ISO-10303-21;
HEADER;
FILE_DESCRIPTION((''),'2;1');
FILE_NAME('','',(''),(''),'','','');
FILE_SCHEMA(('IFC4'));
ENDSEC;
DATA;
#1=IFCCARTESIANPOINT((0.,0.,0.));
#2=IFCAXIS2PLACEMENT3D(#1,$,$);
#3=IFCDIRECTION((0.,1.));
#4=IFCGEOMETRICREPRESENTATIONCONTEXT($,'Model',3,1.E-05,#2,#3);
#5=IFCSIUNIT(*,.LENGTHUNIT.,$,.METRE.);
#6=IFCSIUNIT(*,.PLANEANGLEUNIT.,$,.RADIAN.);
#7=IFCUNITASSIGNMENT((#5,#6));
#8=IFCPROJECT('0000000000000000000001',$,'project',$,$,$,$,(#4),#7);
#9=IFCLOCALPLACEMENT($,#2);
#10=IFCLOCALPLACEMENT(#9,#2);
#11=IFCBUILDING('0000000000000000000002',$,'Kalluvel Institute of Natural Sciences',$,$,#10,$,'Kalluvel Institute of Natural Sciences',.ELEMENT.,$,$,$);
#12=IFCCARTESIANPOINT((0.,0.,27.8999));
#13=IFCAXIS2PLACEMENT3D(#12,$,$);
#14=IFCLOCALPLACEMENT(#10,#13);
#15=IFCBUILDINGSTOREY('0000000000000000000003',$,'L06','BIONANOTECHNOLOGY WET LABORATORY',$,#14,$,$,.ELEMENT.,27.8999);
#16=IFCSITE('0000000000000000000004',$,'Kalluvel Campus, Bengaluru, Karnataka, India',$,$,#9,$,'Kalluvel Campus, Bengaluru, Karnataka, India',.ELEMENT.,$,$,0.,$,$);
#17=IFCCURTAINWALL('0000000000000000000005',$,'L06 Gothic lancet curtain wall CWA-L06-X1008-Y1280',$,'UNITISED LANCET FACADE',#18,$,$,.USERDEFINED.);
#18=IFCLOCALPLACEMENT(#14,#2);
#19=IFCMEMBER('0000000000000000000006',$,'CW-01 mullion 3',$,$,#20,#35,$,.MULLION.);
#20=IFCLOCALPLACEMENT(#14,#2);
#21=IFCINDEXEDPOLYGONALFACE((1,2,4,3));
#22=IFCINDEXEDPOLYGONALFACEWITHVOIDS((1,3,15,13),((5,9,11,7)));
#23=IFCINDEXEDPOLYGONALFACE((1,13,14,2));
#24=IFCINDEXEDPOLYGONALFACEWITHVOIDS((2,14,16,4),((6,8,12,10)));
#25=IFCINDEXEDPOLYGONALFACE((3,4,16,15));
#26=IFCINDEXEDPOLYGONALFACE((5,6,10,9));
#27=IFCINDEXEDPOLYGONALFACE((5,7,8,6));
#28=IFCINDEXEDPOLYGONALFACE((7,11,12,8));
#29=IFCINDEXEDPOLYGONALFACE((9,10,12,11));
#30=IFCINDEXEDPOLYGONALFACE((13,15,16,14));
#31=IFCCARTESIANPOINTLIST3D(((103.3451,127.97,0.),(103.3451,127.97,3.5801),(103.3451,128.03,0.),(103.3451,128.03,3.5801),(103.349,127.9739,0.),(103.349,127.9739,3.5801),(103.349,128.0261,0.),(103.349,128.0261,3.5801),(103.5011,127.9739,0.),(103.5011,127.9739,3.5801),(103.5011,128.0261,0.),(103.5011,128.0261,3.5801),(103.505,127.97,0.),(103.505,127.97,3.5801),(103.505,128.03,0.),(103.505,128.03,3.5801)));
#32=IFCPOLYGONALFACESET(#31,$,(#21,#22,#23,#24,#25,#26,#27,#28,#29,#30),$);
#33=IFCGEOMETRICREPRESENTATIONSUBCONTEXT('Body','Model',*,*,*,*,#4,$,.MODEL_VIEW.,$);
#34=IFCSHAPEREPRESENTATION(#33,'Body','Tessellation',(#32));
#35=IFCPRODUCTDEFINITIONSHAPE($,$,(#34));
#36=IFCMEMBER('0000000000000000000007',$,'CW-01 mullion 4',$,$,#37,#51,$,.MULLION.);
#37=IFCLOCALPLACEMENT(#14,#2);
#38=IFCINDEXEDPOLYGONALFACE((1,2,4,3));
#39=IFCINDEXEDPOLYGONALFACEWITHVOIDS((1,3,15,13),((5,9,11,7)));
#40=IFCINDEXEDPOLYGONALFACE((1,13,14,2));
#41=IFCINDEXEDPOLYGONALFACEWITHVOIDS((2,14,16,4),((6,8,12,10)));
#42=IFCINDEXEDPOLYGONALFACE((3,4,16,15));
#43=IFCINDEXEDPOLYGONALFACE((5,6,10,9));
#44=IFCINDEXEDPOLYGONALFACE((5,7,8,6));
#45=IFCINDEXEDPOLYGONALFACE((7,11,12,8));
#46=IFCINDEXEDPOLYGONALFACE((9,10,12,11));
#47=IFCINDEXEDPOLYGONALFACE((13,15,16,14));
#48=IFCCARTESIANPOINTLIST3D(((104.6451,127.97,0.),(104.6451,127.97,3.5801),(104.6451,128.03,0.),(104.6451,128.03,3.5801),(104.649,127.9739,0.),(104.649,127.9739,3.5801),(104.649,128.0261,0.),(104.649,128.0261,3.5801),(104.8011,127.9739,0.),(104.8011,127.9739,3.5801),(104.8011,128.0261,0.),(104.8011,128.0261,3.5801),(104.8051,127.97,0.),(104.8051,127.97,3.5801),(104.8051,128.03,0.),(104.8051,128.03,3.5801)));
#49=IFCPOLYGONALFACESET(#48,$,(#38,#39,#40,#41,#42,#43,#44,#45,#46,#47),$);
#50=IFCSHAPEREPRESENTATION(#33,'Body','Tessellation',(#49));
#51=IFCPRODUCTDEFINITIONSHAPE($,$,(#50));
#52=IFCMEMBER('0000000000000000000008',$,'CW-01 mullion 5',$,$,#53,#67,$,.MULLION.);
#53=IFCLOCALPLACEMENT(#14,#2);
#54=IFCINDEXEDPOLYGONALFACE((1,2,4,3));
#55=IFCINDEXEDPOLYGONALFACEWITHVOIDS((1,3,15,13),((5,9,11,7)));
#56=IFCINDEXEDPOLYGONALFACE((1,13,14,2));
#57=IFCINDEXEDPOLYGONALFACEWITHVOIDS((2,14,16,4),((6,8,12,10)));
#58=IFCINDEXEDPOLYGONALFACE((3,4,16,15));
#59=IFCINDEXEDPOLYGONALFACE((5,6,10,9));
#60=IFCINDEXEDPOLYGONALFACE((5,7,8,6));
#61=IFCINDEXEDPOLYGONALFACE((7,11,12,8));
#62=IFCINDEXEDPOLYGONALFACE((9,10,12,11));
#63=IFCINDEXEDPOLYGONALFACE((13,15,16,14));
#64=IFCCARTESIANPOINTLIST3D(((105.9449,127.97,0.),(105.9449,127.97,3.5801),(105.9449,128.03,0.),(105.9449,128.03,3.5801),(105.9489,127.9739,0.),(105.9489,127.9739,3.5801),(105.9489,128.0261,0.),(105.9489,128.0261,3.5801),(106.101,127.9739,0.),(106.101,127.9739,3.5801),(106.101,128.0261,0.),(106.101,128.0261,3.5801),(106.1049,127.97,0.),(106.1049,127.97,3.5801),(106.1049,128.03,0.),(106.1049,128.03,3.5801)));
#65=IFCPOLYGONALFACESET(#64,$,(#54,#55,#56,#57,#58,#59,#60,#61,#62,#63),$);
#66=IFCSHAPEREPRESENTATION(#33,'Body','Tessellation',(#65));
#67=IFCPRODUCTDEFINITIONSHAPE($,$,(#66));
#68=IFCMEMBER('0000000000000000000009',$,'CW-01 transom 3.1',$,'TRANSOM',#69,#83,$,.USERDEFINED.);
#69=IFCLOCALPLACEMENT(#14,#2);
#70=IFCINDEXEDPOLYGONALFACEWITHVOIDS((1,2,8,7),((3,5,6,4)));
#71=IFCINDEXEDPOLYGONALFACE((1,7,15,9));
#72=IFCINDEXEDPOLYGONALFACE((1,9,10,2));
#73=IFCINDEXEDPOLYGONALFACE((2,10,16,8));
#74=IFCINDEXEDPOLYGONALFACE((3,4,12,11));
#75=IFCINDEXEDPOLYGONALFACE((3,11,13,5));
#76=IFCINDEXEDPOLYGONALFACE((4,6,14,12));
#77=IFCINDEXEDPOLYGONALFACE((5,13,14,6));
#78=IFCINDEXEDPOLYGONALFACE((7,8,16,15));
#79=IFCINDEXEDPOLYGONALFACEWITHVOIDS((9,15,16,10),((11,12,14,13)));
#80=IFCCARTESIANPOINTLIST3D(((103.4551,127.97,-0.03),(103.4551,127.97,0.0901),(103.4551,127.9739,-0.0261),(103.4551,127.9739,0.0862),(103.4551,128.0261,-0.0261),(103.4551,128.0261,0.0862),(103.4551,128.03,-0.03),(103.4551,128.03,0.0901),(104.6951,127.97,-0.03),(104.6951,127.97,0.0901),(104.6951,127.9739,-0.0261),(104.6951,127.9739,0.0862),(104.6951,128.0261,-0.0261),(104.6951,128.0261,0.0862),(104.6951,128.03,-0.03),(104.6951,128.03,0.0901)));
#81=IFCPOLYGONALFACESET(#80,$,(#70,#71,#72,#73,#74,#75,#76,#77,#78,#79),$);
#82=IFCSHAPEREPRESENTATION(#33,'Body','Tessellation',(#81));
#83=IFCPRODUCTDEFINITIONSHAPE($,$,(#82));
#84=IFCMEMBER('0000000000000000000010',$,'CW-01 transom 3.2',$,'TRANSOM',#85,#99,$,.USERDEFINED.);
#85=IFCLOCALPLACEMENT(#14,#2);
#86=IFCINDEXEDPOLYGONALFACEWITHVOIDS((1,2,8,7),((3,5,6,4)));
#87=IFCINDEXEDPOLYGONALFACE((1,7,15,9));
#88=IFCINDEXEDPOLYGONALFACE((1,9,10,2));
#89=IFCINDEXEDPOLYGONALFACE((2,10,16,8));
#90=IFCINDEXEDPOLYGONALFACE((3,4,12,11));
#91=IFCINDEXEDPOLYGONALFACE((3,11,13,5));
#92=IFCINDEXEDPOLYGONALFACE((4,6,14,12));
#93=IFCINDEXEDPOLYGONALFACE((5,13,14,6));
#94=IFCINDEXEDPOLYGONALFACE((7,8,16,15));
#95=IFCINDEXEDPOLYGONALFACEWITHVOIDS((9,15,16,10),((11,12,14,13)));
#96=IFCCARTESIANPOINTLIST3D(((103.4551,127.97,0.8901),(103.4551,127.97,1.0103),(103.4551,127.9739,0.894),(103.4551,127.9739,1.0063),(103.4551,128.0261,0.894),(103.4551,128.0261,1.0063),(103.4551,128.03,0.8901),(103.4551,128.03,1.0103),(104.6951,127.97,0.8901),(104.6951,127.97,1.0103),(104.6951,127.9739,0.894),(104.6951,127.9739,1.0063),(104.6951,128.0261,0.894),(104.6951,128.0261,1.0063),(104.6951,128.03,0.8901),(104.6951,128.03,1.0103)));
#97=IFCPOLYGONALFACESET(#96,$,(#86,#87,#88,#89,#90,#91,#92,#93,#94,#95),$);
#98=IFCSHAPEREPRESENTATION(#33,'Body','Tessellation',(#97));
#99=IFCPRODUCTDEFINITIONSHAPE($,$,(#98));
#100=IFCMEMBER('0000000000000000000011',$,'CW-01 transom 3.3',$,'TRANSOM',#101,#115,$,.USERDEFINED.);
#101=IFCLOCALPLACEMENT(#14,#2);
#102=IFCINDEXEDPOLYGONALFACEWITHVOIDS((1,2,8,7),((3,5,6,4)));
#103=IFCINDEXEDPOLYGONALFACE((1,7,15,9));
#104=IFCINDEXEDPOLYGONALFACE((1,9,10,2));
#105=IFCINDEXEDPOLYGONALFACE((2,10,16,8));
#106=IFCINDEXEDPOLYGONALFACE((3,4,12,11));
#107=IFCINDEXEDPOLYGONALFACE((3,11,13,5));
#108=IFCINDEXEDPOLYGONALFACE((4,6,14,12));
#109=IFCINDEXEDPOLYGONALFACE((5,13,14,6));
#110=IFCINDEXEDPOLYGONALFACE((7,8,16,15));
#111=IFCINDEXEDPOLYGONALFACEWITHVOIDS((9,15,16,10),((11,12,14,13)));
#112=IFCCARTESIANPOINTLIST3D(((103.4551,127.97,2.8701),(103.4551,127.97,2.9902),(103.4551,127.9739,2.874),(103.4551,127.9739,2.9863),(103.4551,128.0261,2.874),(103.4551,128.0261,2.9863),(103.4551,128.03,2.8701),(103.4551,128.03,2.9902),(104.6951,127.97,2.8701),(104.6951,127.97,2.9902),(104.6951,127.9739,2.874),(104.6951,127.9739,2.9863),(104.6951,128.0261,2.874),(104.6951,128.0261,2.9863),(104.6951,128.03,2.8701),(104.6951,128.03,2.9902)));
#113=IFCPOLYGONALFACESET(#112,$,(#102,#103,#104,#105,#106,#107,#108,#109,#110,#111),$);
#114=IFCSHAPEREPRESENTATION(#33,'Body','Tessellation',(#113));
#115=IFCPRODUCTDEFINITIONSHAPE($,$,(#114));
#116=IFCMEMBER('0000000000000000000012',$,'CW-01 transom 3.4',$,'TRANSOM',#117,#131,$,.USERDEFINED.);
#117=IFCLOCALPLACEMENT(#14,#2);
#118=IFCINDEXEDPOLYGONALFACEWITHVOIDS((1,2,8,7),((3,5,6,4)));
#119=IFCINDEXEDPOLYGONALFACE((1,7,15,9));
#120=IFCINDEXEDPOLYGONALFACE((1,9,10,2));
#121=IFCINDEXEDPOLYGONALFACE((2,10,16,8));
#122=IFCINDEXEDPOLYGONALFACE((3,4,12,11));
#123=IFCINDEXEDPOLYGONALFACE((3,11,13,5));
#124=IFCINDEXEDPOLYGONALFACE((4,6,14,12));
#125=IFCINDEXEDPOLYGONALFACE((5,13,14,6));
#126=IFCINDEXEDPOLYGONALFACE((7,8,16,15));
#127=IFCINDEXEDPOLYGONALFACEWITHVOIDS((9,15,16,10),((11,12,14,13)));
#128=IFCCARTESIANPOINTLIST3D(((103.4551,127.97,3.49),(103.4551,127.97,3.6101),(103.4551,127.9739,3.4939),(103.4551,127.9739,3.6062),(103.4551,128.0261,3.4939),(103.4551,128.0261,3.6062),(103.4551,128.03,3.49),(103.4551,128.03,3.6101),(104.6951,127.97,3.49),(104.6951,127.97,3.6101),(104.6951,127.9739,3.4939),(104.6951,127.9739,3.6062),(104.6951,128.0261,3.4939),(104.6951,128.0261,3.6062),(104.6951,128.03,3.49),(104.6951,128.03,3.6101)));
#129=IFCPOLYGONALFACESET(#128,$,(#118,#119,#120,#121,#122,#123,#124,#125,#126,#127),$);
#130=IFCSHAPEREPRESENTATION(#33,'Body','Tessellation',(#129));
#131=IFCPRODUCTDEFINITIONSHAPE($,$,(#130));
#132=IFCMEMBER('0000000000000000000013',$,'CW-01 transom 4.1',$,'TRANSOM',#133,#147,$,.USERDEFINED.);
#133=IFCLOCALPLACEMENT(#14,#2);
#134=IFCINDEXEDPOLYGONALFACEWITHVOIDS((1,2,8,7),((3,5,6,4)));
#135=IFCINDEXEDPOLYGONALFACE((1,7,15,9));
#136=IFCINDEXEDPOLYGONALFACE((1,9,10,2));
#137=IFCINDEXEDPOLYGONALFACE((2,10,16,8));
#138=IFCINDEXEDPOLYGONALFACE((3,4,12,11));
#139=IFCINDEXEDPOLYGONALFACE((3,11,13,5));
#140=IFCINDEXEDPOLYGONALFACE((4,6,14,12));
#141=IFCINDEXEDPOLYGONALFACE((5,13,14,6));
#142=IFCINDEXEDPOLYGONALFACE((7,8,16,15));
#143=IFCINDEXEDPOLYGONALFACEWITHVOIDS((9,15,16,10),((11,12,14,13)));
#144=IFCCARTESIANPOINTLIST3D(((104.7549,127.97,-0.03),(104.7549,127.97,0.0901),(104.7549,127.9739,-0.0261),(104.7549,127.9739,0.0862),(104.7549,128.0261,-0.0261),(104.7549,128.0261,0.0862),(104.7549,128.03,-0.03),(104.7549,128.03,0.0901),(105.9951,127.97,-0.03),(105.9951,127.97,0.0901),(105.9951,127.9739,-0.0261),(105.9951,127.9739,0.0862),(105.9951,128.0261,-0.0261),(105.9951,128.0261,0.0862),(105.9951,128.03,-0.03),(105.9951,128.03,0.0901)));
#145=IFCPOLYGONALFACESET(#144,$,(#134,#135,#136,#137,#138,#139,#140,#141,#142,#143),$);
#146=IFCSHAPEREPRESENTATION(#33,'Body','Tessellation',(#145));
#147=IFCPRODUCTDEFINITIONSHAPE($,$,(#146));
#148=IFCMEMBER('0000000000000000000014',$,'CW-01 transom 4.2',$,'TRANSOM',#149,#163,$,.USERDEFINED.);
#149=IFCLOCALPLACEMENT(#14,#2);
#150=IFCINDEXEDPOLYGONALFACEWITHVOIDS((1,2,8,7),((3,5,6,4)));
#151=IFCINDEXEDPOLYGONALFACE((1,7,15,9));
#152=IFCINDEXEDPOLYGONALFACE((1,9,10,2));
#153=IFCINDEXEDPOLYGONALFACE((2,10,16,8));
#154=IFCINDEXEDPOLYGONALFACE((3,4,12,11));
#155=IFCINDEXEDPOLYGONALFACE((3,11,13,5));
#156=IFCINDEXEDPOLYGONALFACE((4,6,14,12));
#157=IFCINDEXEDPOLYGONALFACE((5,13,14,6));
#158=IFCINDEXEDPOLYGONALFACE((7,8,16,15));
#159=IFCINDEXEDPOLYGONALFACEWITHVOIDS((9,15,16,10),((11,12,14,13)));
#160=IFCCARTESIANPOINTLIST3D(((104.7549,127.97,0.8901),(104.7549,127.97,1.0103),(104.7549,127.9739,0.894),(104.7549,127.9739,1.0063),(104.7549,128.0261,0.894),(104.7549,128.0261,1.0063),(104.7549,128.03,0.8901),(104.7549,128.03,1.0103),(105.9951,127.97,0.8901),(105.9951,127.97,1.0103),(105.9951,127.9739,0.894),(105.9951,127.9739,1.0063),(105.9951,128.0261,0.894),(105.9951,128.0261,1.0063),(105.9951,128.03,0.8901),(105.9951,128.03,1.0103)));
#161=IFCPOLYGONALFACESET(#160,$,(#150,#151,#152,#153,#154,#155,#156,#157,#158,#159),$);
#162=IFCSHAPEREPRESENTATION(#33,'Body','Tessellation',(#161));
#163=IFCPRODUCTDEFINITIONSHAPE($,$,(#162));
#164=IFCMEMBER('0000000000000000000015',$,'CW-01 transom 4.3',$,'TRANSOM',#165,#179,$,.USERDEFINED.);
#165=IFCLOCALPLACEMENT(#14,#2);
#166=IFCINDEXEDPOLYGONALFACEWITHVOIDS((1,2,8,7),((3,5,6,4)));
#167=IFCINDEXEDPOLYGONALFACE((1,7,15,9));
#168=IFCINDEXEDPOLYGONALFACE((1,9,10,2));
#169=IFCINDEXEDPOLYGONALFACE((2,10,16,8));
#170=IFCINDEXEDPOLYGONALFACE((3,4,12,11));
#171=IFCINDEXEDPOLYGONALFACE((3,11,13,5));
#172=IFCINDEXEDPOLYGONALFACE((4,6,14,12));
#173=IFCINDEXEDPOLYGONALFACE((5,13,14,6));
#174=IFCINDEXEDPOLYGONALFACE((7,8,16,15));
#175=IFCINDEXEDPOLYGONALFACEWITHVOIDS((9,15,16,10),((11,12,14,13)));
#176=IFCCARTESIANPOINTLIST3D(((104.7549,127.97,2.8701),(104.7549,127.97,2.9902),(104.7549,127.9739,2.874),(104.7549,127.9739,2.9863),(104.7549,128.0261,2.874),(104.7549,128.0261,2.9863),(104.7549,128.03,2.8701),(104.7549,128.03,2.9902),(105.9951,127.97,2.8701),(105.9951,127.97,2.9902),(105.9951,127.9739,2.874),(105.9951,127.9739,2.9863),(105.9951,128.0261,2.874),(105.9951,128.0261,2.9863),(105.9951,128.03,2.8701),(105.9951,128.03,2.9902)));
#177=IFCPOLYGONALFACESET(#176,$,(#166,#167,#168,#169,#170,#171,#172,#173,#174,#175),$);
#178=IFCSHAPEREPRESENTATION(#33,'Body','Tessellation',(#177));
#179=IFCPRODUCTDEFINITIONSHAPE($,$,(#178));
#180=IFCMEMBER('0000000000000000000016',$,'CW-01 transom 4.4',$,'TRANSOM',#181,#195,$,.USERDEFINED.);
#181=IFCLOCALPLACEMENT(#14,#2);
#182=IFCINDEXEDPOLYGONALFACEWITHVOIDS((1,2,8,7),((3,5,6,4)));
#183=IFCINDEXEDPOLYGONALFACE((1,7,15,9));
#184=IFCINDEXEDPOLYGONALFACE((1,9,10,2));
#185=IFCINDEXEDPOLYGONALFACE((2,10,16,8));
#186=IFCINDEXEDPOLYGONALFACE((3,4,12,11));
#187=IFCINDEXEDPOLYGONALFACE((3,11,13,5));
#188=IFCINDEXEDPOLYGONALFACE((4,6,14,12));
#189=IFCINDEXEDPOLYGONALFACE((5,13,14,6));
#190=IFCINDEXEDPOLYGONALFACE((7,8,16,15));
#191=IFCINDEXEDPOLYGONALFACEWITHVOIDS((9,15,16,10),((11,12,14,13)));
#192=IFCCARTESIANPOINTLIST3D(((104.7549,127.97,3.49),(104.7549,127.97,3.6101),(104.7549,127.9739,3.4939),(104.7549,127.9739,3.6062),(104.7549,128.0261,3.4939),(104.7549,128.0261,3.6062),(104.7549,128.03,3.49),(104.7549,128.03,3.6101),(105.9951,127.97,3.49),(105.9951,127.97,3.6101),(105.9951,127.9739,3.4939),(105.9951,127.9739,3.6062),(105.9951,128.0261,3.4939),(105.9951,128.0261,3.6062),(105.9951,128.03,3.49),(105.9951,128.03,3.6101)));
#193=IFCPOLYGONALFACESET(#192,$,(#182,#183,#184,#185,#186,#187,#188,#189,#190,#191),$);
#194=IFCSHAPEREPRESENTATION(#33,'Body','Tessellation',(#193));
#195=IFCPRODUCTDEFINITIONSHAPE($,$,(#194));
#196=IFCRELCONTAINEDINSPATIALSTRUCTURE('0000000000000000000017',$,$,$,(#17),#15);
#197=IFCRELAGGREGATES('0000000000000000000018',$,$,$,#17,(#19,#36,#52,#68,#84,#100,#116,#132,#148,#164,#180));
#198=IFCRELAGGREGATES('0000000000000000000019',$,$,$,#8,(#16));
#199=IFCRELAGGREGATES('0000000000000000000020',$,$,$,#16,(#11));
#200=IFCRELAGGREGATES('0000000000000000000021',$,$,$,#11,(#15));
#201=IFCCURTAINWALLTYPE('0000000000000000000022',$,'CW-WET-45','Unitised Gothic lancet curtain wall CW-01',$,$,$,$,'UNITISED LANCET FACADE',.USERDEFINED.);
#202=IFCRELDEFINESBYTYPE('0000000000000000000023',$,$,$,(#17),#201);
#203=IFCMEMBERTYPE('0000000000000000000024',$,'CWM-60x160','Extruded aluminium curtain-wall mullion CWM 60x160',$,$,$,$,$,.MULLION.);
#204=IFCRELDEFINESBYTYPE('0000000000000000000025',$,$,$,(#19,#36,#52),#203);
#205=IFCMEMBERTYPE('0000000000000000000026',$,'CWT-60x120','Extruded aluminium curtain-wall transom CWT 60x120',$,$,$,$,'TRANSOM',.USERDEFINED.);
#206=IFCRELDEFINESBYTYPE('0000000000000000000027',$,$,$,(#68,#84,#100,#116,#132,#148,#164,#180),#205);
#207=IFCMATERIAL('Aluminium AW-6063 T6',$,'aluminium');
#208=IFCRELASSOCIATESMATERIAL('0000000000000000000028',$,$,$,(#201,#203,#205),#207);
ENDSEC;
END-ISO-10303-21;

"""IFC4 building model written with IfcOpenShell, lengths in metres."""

from ifc_helpers import new_model, si_unit, direction, frame, origin, origin_2d, place, context, subcontext, project, spatial, hollow_rectangle, extrude, material, material_profile, profile_set, type_object, element, aggregate, save


model = new_model("IFC4")

# Units and contexts
model_context = context("Model", 3, precision=1e-05, world=origin(), true_north=direction((0.0, 1.0)))
body_context = subcontext(model_context, "Body", "Model", "MODEL_VIEW")
ifc_project = project(units=[si_unit("LENGTHUNIT", "METRE"), si_unit("PLANEANGLEUNIT", "RADIAN")], contexts=[model_context])

# Site, building, storey
site_placement = place(None, origin())
site = spatial("IfcSite", under=ifc_project, at=site_placement, Name="Kalluvel Campus, Bengaluru, Karnataka, India", LongName="Kalluvel Campus, Bengaluru, Karnataka, India", CompositionType="ELEMENT", RefElevation=0.0)
building_placement = place(site_placement, origin())
building = spatial("IfcBuilding", under=site, at=building_placement, Name="Kalluvel Institute of Natural Sciences", LongName="Kalluvel Institute of Natural Sciences", CompositionType="ELEMENT")
storey_placement = place(building_placement, frame((0.0, 0.0, 27.8999)))
storey = spatial("IfcBuildingStorey", under=building, at=storey_placement, Name="L06", Description="BIONANOTECHNOLOGY WET LABORATORY", CompositionType="ELEMENT", Elevation=27.8999)

# Curtain wall, members
ifc_material_1 = material(Name="Aluminium AW-6063 T6", Category="aluminium")
curtain_wall_type = type_object("IfcCurtainWallType", Name="CW-WET-45", Description="Unitised Gothic lancet curtain wall CW-01", ElementType="UNITISED LANCET FACADE", PredefinedType="USERDEFINED", material=ifc_material_1)
curtain_wall_placement = place(storey_placement, origin())
curtain_wall = element("IfcCurtainWall", 1, at=curtain_wall_placement, inside=storey, type_object=curtain_wall_type, Name="L06 Gothic lancet curtain wall CWA-L06-X1008-Y1280", ObjectType="UNITISED LANCET FACADE", PredefinedType="USERDEFINED")
ifc_material_profile_1 = material_profile(ifc_material_1, hollow_rectangle(XDim=0.0601, YDim=0.1599, WallThickness=0.0039, at=origin_2d()), Name="CWM 60x160")
ifc_profile_set_1 = profile_set([ifc_material_profile_1], Name="Aluminium AW-6063 T6")
member_type_1 = type_object("IfcMemberType", Name="CWM-60x160", Description="Extruded aluminium curtain-wall mullion CWM 60x160", PredefinedType="MULLION", material=ifc_profile_set_1)
member_1_placement = place(storey_placement, frame((103.425, 128.0, 0.0), z_axis=(0.0, 0.0, 1.0), x_axis=(0.0, 1.0, 0.0)))
member_1 = element("IfcMember", 2, at=member_1_placement, type_object=member_type_1, Name="CW-01 mullion 3", PredefinedType="MULLION", context=body_context, shape_type="SweptSolid", body=[
    extrude(hollow_rectangle(XDim=0.0601, YDim=0.1599, WallThickness=0.0039, at=origin_2d()), origin(), (0.0, 0.0, 1.0), 3.5801),
])
member_2_placement = place(storey_placement, frame((104.7251, 128.0, 0.0), z_axis=(0.0, 0.0, 1.0), x_axis=(0.0, 1.0, 0.0)))
member_2 = element("IfcMember", 3, at=member_2_placement, type_object=member_type_1, Name="CW-01 mullion 4", PredefinedType="MULLION", context=body_context, shape_type="SweptSolid", body=[
    extrude(hollow_rectangle(XDim=0.0601, YDim=0.1599, WallThickness=0.0039, at=origin_2d()), origin(), (0.0, 0.0, 1.0), 3.5801),
])
member_3_placement = place(storey_placement, frame((106.0249, 128.0, 0.0), z_axis=(0.0, 0.0, 1.0), x_axis=(0.0, 1.0, 0.0)))
member_3 = element("IfcMember", 4, at=member_3_placement, type_object=member_type_1, Name="CW-01 mullion 5", PredefinedType="MULLION", context=body_context, shape_type="SweptSolid", body=[
    extrude(hollow_rectangle(XDim=0.0601, YDim=0.1599, WallThickness=0.0039, at=origin_2d()), origin(), (0.0, 0.0, 1.0), 3.5801),
])
ifc_material_profile_2 = material_profile(ifc_material_1, hollow_rectangle(XDim=0.0601, YDim=0.1201, WallThickness=0.0039, at=origin_2d()), Name="CWT 60x120")
ifc_profile_set_2 = profile_set([ifc_material_profile_2], Name="Aluminium AW-6063 T6")
member_type_2 = type_object("IfcMemberType", Name="CWT-60x120", Description="Extruded aluminium curtain-wall transom CWT 60x120", ElementType="TRANSOM", PredefinedType="USERDEFINED", material=ifc_profile_set_2)
member_4_placement = place(storey_placement, frame((103.4551, 128.0, 0.03), z_axis=(1.0, 0.0, 0.0), x_axis=(0.0, 1.0, 0.0)))
member_4 = element("IfcMember", 5, at=member_4_placement, type_object=member_type_2, Name="CW-01 transom 3.1", ObjectType="TRANSOM", PredefinedType="USERDEFINED", context=body_context, shape_type="SweptSolid", body=[
    extrude(hollow_rectangle(XDim=0.0601, YDim=0.1201, WallThickness=0.0039, at=origin_2d()), origin(), (0.0, 0.0, 1.0), 1.24),
])
member_5_placement = place(storey_placement, frame((103.4551, 128.0, 0.9502), z_axis=(1.0, 0.0, 0.0), x_axis=(0.0, 1.0, 0.0)))
member_5 = element("IfcMember", 6, at=member_5_placement, type_object=member_type_2, Name="CW-01 transom 3.2", ObjectType="TRANSOM", PredefinedType="USERDEFINED", context=body_context, shape_type="SweptSolid", body=[
    extrude(hollow_rectangle(XDim=0.0601, YDim=0.1201, WallThickness=0.0039, at=origin_2d()), origin(), (0.0, 0.0, 1.0), 1.24),
])
member_6_placement = place(storey_placement, frame((103.4551, 128.0, 2.9302), z_axis=(1.0, 0.0, 0.0), x_axis=(0.0, 1.0, 0.0)))
member_6 = element("IfcMember", 7, at=member_6_placement, type_object=member_type_2, Name="CW-01 transom 3.3", ObjectType="TRANSOM", PredefinedType="USERDEFINED", context=body_context, shape_type="SweptSolid", body=[
    extrude(hollow_rectangle(XDim=0.0601, YDim=0.1201, WallThickness=0.0039, at=origin_2d()), origin(), (0.0, 0.0, 1.0), 1.24),
])
member_7_placement = place(storey_placement, frame((103.4551, 128.0, 3.55), z_axis=(1.0, 0.0, 0.0), x_axis=(0.0, 1.0, 0.0)))
member_7 = element("IfcMember", 8, at=member_7_placement, type_object=member_type_2, Name="CW-01 transom 3.4", ObjectType="TRANSOM", PredefinedType="USERDEFINED", context=body_context, shape_type="SweptSolid", body=[
    extrude(hollow_rectangle(XDim=0.0601, YDim=0.1201, WallThickness=0.0039, at=origin_2d()), origin(), (0.0, 0.0, 1.0), 1.24),
])
member_8_placement = place(storey_placement, frame((104.7549, 128.0, 0.03), z_axis=(1.0, 0.0, 0.0), x_axis=(0.0, 1.0, 0.0)))
member_8 = element("IfcMember", 9, at=member_8_placement, type_object=member_type_2, Name="CW-01 transom 4.1", ObjectType="TRANSOM", PredefinedType="USERDEFINED", context=body_context, shape_type="SweptSolid", body=[
    extrude(hollow_rectangle(XDim=0.0601, YDim=0.1201, WallThickness=0.0039, at=origin_2d()), origin(), (0.0, 0.0, 1.0), 1.2402),
])
member_9_placement = place(storey_placement, frame((104.7549, 128.0, 0.9502), z_axis=(1.0, 0.0, 0.0), x_axis=(0.0, 1.0, 0.0)))
member_9 = element("IfcMember", 10, at=member_9_placement, type_object=member_type_2, Name="CW-01 transom 4.2", ObjectType="TRANSOM", PredefinedType="USERDEFINED", context=body_context, shape_type="SweptSolid", body=[
    extrude(hollow_rectangle(XDim=0.0601, YDim=0.1201, WallThickness=0.0039, at=origin_2d()), origin(), (0.0, 0.0, 1.0), 1.2402),
])
member_10_placement = place(storey_placement, frame((104.7549, 128.0, 2.9302), z_axis=(1.0, 0.0, 0.0), x_axis=(0.0, 1.0, 0.0)))
member_10 = element("IfcMember", 11, at=member_10_placement, type_object=member_type_2, Name="CW-01 transom 4.3", ObjectType="TRANSOM", PredefinedType="USERDEFINED", context=body_context, shape_type="SweptSolid", body=[
    extrude(hollow_rectangle(XDim=0.0601, YDim=0.1201, WallThickness=0.0039, at=origin_2d()), origin(), (0.0, 0.0, 1.0), 1.2402),
])
member_11_placement = place(storey_placement, frame((104.7549, 128.0, 3.55), z_axis=(1.0, 0.0, 0.0), x_axis=(0.0, 1.0, 0.0)))
member_11 = element("IfcMember", 12, at=member_11_placement, type_object=member_type_2, Name="CW-01 transom 4.4", ObjectType="TRANSOM", PredefinedType="USERDEFINED", context=body_context, shape_type="SweptSolid", body=[
    extrude(hollow_rectangle(XDim=0.0601, YDim=0.1201, WallThickness=0.0039, at=origin_2d()), origin(), (0.0, 0.0, 1.0), 1.2402),
])
aggregate(curtain_wall, [member_1, member_2, member_3, member_4, member_5, member_6, member_7, member_8, member_9, member_10, member_11])

save(model, "model.ifc")
